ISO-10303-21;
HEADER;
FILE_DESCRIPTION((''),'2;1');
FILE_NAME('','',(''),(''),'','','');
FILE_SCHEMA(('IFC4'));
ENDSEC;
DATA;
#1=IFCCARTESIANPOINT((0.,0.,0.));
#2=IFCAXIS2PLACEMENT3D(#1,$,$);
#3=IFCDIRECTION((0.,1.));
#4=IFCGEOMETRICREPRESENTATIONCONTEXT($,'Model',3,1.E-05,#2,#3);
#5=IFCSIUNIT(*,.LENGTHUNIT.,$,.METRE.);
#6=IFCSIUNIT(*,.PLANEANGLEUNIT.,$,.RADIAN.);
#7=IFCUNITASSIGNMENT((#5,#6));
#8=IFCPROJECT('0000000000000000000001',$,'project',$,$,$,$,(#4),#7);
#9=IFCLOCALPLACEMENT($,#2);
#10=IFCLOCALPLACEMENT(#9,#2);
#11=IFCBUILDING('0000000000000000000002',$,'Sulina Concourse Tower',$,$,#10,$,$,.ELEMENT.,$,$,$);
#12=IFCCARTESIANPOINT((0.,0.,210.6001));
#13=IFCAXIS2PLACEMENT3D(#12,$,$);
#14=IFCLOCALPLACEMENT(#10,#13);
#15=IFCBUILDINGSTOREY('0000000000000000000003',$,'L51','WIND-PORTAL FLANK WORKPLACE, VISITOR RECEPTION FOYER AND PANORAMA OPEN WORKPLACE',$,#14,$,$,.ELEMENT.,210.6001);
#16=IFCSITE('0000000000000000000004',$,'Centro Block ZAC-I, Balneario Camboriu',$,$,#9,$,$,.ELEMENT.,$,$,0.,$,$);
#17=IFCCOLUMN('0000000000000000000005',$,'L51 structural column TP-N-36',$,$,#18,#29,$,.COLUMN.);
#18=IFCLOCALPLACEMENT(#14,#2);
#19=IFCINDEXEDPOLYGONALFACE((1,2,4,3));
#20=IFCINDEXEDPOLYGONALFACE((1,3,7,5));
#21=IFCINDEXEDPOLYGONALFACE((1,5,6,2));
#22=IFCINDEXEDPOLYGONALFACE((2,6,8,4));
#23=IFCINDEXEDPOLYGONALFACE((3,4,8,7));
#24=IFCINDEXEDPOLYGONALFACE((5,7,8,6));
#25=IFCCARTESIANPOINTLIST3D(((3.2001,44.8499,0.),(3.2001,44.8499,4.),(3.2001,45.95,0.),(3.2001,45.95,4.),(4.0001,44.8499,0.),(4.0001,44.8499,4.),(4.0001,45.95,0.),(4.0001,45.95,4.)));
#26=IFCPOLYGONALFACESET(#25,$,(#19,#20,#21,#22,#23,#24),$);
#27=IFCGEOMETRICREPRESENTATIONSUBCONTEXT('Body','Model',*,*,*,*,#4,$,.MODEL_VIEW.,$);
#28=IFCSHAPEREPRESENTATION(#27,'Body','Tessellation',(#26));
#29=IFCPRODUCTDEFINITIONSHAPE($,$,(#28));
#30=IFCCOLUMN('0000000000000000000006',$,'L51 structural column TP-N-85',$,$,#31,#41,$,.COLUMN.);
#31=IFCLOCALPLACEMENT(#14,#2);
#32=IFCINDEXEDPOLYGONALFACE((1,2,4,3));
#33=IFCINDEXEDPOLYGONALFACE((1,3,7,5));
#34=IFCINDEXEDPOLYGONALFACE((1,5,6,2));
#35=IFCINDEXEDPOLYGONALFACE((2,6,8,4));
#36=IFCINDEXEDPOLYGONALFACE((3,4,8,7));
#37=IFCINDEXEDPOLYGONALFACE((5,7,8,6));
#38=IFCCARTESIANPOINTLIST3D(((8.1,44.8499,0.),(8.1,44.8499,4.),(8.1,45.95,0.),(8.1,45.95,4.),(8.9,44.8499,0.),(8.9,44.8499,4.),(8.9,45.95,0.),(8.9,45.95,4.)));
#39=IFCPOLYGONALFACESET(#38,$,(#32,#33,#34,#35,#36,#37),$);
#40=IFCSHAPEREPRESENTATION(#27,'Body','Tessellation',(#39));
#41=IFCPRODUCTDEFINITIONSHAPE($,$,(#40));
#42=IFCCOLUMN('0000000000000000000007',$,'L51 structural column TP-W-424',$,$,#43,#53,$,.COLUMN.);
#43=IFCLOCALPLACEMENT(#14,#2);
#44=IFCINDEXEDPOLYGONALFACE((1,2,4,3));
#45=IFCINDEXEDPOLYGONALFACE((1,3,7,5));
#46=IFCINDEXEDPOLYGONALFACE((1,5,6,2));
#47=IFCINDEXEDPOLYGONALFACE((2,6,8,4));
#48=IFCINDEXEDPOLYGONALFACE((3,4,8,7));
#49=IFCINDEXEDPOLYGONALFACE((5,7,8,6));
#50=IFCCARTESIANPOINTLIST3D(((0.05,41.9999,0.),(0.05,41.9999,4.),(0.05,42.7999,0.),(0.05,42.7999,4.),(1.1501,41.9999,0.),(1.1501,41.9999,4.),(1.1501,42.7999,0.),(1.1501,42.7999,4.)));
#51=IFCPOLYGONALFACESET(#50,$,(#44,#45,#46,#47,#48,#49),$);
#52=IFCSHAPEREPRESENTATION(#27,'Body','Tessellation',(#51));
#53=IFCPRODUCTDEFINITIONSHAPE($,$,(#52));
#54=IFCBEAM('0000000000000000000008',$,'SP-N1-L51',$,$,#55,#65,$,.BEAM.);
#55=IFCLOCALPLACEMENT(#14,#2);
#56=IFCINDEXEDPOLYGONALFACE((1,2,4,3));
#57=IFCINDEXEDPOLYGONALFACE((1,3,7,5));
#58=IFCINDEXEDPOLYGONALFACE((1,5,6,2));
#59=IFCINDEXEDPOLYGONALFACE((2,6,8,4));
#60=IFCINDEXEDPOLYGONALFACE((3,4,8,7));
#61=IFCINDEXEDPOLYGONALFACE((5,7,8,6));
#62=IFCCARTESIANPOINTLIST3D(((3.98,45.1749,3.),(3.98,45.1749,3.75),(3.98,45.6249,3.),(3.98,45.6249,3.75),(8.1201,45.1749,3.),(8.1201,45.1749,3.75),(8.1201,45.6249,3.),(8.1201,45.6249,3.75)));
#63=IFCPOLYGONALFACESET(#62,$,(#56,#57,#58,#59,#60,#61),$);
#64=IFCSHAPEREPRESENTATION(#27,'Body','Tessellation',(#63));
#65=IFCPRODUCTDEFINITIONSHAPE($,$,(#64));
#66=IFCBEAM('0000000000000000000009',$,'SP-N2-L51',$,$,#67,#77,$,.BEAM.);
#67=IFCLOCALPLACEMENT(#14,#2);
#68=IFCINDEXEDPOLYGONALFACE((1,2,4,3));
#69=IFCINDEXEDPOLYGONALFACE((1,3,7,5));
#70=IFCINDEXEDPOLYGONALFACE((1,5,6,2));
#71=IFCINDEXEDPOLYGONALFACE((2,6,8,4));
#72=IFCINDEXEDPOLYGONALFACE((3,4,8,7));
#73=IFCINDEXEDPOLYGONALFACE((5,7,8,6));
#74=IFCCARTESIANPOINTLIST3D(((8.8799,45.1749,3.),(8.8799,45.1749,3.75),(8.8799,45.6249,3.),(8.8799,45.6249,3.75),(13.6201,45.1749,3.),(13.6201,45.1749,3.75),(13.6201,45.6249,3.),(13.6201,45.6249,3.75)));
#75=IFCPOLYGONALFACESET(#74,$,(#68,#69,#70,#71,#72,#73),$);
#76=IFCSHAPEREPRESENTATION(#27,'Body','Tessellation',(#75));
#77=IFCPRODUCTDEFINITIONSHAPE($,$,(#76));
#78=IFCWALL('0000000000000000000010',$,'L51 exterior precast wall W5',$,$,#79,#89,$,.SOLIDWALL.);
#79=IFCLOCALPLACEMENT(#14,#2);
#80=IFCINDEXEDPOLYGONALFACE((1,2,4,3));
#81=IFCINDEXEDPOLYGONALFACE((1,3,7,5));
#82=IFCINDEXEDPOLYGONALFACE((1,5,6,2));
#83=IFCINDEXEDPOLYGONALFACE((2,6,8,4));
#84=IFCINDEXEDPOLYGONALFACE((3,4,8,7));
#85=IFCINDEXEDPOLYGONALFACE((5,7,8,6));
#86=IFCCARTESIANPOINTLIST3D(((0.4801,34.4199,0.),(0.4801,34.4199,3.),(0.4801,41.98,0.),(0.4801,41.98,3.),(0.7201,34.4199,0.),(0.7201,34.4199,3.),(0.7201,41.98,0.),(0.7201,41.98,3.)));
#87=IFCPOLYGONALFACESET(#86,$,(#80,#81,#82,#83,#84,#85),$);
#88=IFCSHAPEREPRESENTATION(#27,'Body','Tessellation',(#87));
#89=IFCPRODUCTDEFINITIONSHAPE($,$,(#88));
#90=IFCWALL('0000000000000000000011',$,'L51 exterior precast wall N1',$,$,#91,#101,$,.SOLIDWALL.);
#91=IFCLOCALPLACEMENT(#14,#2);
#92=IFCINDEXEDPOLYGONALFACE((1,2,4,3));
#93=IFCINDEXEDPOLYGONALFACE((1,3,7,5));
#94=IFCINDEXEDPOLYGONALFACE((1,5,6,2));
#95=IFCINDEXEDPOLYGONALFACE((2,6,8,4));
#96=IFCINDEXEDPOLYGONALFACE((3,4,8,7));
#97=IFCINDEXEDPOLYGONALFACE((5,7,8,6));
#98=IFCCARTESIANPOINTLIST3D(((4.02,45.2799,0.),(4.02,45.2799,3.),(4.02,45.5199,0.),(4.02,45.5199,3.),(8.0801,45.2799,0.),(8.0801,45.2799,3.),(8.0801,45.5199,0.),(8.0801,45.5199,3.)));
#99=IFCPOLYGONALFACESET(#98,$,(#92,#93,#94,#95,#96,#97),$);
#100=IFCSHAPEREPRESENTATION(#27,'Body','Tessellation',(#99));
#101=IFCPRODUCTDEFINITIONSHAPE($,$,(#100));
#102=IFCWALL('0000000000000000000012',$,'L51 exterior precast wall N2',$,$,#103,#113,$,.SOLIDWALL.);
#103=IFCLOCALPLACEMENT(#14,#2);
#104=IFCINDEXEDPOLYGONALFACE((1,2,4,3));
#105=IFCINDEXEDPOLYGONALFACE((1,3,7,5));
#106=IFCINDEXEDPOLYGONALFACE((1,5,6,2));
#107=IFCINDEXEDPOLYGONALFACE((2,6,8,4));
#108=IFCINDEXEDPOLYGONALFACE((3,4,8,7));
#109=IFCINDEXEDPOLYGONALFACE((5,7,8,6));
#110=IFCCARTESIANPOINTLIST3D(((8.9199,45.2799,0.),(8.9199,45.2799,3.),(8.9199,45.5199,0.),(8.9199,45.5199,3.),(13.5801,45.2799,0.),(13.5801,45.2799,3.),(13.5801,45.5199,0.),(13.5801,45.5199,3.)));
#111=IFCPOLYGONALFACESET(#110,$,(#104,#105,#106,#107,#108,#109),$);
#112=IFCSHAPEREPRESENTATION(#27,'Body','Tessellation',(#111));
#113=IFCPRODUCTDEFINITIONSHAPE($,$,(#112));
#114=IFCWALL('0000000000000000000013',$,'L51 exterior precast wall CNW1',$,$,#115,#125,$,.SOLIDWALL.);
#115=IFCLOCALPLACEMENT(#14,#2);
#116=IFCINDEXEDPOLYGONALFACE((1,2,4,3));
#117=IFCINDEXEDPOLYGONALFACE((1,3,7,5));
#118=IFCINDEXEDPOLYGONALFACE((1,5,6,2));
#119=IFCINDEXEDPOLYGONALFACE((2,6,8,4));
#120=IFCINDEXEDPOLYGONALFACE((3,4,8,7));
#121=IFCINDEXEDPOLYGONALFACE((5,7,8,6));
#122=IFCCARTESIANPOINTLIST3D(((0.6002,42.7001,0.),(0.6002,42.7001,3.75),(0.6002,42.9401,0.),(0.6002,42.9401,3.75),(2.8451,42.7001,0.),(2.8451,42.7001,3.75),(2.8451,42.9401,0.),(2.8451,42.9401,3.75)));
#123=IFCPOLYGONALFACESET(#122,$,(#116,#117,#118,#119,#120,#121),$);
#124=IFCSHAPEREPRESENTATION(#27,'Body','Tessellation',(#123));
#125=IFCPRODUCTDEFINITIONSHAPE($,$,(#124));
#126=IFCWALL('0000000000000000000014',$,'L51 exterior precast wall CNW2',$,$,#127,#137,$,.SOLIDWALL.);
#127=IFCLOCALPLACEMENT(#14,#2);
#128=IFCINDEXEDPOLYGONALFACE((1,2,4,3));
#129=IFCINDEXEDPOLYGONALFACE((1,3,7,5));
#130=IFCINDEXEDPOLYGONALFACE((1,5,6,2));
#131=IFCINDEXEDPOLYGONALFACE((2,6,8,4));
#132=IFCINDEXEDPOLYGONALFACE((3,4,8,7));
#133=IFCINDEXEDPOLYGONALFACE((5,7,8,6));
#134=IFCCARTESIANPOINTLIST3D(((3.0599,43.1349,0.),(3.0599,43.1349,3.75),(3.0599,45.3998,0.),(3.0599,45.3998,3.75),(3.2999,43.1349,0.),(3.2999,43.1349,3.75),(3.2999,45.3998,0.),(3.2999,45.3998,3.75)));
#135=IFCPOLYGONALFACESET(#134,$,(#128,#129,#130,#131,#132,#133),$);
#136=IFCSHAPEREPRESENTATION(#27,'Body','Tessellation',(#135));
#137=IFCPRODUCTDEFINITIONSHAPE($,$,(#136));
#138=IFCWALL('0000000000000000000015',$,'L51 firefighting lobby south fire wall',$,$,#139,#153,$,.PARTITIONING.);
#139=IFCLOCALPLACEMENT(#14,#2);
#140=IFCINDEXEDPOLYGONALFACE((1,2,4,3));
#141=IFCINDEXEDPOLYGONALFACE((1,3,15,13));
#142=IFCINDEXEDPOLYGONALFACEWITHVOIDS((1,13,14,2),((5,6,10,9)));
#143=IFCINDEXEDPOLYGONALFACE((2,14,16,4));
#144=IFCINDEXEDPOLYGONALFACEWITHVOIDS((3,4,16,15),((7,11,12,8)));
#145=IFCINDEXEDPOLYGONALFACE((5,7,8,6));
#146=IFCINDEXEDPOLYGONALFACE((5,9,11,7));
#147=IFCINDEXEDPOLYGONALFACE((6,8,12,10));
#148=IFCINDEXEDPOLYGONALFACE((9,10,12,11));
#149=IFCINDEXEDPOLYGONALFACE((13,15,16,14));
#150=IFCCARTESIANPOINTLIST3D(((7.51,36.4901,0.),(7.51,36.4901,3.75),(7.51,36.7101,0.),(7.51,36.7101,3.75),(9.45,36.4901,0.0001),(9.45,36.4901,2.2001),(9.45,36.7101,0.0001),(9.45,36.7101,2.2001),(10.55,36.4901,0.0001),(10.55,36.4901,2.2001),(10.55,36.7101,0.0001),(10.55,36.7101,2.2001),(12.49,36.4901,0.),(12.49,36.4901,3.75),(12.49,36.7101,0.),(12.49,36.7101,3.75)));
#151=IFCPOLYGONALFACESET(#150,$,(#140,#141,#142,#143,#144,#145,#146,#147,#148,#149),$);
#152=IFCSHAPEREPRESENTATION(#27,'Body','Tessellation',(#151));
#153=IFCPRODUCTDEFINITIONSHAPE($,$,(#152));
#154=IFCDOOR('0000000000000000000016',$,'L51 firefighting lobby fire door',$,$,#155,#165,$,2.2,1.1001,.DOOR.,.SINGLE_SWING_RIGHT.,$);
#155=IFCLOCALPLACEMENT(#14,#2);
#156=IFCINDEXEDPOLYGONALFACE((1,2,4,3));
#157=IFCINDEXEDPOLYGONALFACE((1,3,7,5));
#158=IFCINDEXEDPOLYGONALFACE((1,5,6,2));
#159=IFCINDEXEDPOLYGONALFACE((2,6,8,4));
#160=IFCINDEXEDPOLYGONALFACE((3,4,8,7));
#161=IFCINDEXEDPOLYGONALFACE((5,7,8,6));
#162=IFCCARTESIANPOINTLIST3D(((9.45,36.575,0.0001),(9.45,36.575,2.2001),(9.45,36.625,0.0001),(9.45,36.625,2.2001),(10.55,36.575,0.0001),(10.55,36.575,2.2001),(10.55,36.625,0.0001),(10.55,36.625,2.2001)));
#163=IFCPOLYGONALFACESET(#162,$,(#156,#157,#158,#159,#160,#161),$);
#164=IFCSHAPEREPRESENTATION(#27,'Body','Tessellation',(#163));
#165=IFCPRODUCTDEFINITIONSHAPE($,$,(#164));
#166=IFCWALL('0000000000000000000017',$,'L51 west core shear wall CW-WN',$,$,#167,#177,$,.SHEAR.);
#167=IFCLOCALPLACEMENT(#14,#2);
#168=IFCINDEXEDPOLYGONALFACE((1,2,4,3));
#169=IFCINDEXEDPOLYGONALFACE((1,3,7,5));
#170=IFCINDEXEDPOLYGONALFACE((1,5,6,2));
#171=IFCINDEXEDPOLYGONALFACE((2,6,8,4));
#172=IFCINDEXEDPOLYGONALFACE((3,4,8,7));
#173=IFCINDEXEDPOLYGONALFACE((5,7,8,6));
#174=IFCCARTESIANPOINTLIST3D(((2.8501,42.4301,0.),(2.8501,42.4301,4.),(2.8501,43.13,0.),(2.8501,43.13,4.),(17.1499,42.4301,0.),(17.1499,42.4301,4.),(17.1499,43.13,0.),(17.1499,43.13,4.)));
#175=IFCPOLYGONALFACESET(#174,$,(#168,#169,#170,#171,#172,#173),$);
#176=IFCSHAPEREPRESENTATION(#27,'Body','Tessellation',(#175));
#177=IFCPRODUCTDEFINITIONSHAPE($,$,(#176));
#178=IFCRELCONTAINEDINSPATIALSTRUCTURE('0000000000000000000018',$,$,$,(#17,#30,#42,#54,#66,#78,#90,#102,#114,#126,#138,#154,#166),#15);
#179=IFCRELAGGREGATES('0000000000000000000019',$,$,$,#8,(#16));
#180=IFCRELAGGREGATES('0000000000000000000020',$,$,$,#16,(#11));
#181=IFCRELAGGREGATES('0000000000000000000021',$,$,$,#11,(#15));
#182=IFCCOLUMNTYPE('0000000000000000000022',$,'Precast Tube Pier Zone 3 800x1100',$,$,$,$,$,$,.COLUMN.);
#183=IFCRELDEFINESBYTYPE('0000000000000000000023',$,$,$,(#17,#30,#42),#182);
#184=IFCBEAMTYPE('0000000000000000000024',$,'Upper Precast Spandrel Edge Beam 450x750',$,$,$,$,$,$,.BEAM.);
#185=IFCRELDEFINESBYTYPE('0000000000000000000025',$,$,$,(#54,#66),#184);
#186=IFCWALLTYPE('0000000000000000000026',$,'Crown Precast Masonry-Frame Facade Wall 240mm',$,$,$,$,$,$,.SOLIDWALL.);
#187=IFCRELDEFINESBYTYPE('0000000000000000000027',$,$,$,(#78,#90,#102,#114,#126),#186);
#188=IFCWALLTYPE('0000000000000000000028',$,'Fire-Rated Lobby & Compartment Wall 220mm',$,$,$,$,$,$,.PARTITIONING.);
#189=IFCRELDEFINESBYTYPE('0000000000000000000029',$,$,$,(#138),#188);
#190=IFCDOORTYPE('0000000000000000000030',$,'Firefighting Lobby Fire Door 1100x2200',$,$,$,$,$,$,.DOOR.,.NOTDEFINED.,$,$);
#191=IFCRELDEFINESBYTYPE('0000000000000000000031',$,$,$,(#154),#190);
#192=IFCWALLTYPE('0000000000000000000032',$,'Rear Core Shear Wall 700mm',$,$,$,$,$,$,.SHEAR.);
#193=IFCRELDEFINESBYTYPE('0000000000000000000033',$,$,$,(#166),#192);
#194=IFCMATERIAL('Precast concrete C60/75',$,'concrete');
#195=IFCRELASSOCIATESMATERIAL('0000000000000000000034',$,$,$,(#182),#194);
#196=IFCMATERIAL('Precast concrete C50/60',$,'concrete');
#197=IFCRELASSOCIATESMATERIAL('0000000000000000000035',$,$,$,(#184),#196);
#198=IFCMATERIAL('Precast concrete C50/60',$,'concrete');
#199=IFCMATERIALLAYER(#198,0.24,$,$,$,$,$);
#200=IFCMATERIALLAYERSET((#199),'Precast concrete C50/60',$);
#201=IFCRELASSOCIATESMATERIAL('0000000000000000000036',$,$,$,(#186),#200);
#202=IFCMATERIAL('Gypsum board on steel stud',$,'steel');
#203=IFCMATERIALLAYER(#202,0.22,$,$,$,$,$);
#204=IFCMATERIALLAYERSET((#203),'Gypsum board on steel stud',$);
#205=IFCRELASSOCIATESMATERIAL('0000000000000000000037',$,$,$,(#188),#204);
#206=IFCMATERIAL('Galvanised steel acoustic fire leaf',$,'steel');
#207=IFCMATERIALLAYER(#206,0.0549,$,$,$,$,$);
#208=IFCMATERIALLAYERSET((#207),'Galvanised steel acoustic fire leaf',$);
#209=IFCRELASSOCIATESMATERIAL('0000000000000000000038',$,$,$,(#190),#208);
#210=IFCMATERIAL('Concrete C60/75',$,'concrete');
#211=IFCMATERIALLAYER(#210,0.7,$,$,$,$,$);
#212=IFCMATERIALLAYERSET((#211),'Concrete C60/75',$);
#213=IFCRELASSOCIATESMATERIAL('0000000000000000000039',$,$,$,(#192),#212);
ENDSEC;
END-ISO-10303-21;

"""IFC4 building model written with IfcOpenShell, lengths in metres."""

from ifc_helpers import new_model, si_unit, direction, frame, frame_2d, origin, origin_2d, place, context, subcontext, project, spatial, rectangle, extrude, material, layer, layer_set, material_profile, profile_set, type_object, element, fill, save


model = new_model("IFC4")

# Units and contexts
model_context = context("Model", 3, precision=1e-05, world=origin(), true_north=direction((0.0, 1.0)))
body_context = subcontext(model_context, "Body", "Model", "MODEL_VIEW")
ifc_project = project(units=[si_unit("LENGTHUNIT", "METRE"), si_unit("PLANEANGLEUNIT", "RADIAN")], contexts=[model_context])

# Site, building, storey
site_placement = place(None, origin())
site = spatial("IfcSite", under=ifc_project, at=site_placement, Name="Centro Block ZAC-I, Balneario Camboriu", CompositionType="ELEMENT", RefElevation=0.0)
building_placement = place(site_placement, origin())
building = spatial("IfcBuilding", under=site, at=building_placement, Name="Sulina Concourse Tower", CompositionType="ELEMENT")
storey_placement = place(building_placement, frame((0.0, 0.0, 210.6001)))
storey = spatial("IfcBuildingStorey", under=building, at=storey_placement, Name="L51", Description="WIND-PORTAL FLANK WORKPLACE, VISITOR RECEPTION FOYER AND PANORAMA OPEN WORKPLACE", CompositionType="ELEMENT", Elevation=210.6001)

# Columns
ifc_material_1 = material(Name="Precast concrete C60/75", Category="concrete")
ifc_material_profile_1 = material_profile(ifc_material_1, rectangle(XDim=0.8, YDim=1.1001, at=origin_2d()), Name="PC 800x1100")
ifc_profile_set_1 = profile_set([ifc_material_profile_1], Name="Precast concrete C60/75")
column_type = type_object("IfcColumnType", Name="Precast Tube Pier Zone 3 800x1100", PredefinedType="COLUMN", material=ifc_profile_set_1)
for number, where, z_axis, x_axis, name in (
    (1, (3.6001, 45.3999, 0.0), (0.0, 0.0, 1.0), (1.0, 0.0, 0.0), "L51 structural column TP-N-36"),
    (2, (8.5, 45.3999, 0.0), (0.0, 0.0, 1.0), (1.0, 0.0, 0.0), "L51 structural column TP-N-85"),
    (3, (0.6001, 42.3999, 0.0), (0.0, 0.0, 1.0), (0.0, 1.0, 0.0), "L51 structural column TP-W-424"),
):
    element("IfcColumn", number, at=place(storey_placement, frame(where, z_axis=z_axis, x_axis=x_axis)), inside=storey, type_object=column_type, Name=name, PredefinedType="COLUMN", context=body_context, shape_type="SweptSolid", body=[
        extrude(rectangle(XDim=0.8, YDim=1.1001, at=origin_2d()), origin(), (0.0, 0.0, 1.0), 4.0),
    ])

# Beams
ifc_material_2 = material(Name="Precast concrete C50/60", Category="concrete")
ifc_material_profile_2 = material_profile(ifc_material_2, rectangle(XDim=0.45, YDim=0.75, at=origin_2d()), Name="RC 450x750")
ifc_profile_set_2 = profile_set([ifc_material_profile_2], Name="Precast concrete C50/60")
beam_type = type_object("IfcBeamType", Name="Upper Precast Spandrel Edge Beam 450x750", PredefinedType="BEAM", material=ifc_profile_set_2)
beam_1_placement = place(storey_placement, frame((3.98, 45.3999, 3.375), z_axis=(1.0, 0.0, 0.0), x_axis=(0.0, 1.0, 0.0)))
element("IfcBeam", 4, at=beam_1_placement, inside=storey, type_object=beam_type, Name="SP-N1-L51", PredefinedType="BEAM", context=body_context, shape_type="SweptSolid", body=[
    extrude(rectangle(XDim=0.45, YDim=0.75, at=origin_2d()), origin(), (0.0, 0.0, 1.0), 4.1401),
])
beam_2_placement = place(storey_placement, frame((8.8799, 45.3999, 3.375), z_axis=(1.0, 0.0, 0.0), x_axis=(0.0, 1.0, 0.0)))
element("IfcBeam", 5, at=beam_2_placement, inside=storey, type_object=beam_type, Name="SP-N2-L51", PredefinedType="BEAM", context=body_context, shape_type="SweptSolid", body=[
    extrude(rectangle(XDim=0.45, YDim=0.75, at=origin_2d()), origin(), (0.0, 0.0, 1.0), 4.7402),
])

# Walls
ifc_material_3 = material(Name="Precast concrete C50/60", Category="concrete")
ifc_layer_1 = layer(ifc_material_3, 0.24)
ifc_layer_set_1 = layer_set([ifc_layer_1], Name="Precast concrete C50/60")
wall_type_1 = type_object("IfcWallType", Name="Crown Precast Masonry-Frame Facade Wall 240mm", PredefinedType="SOLIDWALL", material=ifc_layer_set_1)
wall_1_placement = place(storey_placement, frame((0.6001, 34.4199, 0.0), z_axis=(0.0, 0.0, 1.0), x_axis=(0.0, 1.0, 0.0)))
element("IfcWall", 6, at=wall_1_placement, inside=storey, type_object=wall_type_1, Name="L51 exterior precast wall W5", PredefinedType="SOLIDWALL", context=body_context, shape_type="SweptSolid", body=[
    extrude(rectangle(XDim=7.5601, YDim=0.24, at=frame_2d((3.78, 0.0))), origin(), (0.0, 0.0, 1.0), 3.0),
])
wall_2_placement = place(storey_placement, frame((4.02, 45.3999, 0.0), z_axis=(0.0, 0.0, 1.0), x_axis=(1.0, 0.0, 0.0)))
element("IfcWall", 7, at=wall_2_placement, inside=storey, type_object=wall_type_1, Name="L51 exterior precast wall N1", PredefinedType="SOLIDWALL", context=body_context, shape_type="SweptSolid", body=[
    extrude(rectangle(XDim=4.0601, YDim=0.24, at=frame_2d((2.03, 0.0))), origin(), (0.0, 0.0, 1.0), 3.0),
])
wall_3_placement = place(storey_placement, frame((8.9199, 45.3999, 0.0), z_axis=(0.0, 0.0, 1.0), x_axis=(1.0, 0.0, 0.0)))
element("IfcWall", 8, at=wall_3_placement, inside=storey, type_object=wall_type_1, Name="L51 exterior precast wall N2", PredefinedType="SOLIDWALL", context=body_context, shape_type="SweptSolid", body=[
    extrude(rectangle(XDim=4.6602, YDim=0.24, at=frame_2d((2.3301, 0.0))), origin(), (0.0, 0.0, 1.0), 3.0),
])
wall_4_placement = place(storey_placement, frame((0.6001, 42.8201, 0.0), z_axis=(0.0, 0.0, 1.0), x_axis=(1.0, 0.0, 0.0)))
element("IfcWall", 9, at=wall_4_placement, inside=storey, type_object=wall_type_1, Name="L51 exterior precast wall CNW1", PredefinedType="SOLIDWALL", context=body_context, shape_type="SweptSolid", body=[
    extrude(rectangle(XDim=2.2449, YDim=0.24, at=frame_2d((1.1226, 0.0))), origin(), (0.0, 0.0, 1.0), 3.75),
])
wall_5_placement = place(storey_placement, frame((3.1799, 43.135, 0.0), z_axis=(0.0, 0.0, 1.0), x_axis=(0.0, 1.0, 0.0)))
element("IfcWall", 10, at=wall_5_placement, inside=storey, type_object=wall_type_1, Name="L51 exterior precast wall CNW2", PredefinedType="SOLIDWALL", context=body_context, shape_type="SweptSolid", body=[
    extrude(rectangle(XDim=2.2649, YDim=0.24, at=frame_2d((1.1323, 0.0))), origin(), (0.0, 0.0, 1.0), 3.75),
])

# Wall, opening, door
ifc_material_4 = material(Name="Gypsum board on steel stud", Category="steel")
ifc_layer_2 = layer(ifc_material_4, 0.22)
ifc_layer_set_2 = layer_set([ifc_layer_2], Name="Gypsum board on steel stud")
wall_type_2 = type_object("IfcWallType", Name="Fire-Rated Lobby & Compartment Wall 220mm", PredefinedType="PARTITIONING", material=ifc_layer_set_2)
wall_6_placement = place(storey_placement, frame((7.51, 36.6001, 0.0), z_axis=(0.0, 0.0, 1.0), x_axis=(1.0, 0.0, 0.0)))
wall_6 = element("IfcWall", 11, at=wall_6_placement, inside=storey, type_object=wall_type_2, Name="L51 firefighting lobby south fire wall", PredefinedType="PARTITIONING", context=body_context, shape_type="SweptSolid", body=[
    extrude(rectangle(XDim=4.98, YDim=0.22, at=frame_2d((2.49, 0.0))), origin(), (0.0, 0.0, 1.0), 3.75),
])
opening_placement = place(wall_6_placement, frame((1.9399, 0.0, 0.0)))
opening = element("IfcOpeningElement", 12, at=opening_placement, cuts=wall_6, PredefinedType="OPENING", context=body_context, shape_type="SweptSolid", body=[
    extrude(rectangle(XDim=1.1001, YDim=2.2, at=frame_2d((0.55, 1.1001))), frame((0.0, 0.1199, 0.0), z_axis=(0.0, -1.0, 0.0), x_axis=(1.0, 0.0, 0.0)), (0.0, 0.0, 1.0), 0.24),
])
ifc_material_5 = material(Name="Galvanised steel acoustic fire leaf", Category="steel")
ifc_layer_3 = layer(ifc_material_5, 0.0549)
ifc_layer_set_3 = layer_set([ifc_layer_3], Name="Galvanised steel acoustic fire leaf")
door_type = type_object("IfcDoorType", Name="Firefighting Lobby Fire Door 1100x2200", OperationType="NOTDEFINED", PredefinedType="DOOR", material=ifc_layer_set_3)
door_placement = place(opening_placement, origin())
door = element("IfcDoor", 13, at=door_placement, inside=storey, type_object=door_type, Name="L51 firefighting lobby fire door", OperationType="SINGLE_SWING_RIGHT", OverallHeight=2.2, OverallWidth=1.1001, PredefinedType="DOOR", context=body_context, shape_type="SweptSolid", body=[
    extrude(rectangle(XDim=1.1001, YDim=2.2, at=frame_2d((0.55, 1.1001))), frame((0.0, 0.0249, 0.0), z_axis=(0.0, -1.0, 0.0), x_axis=(1.0, 0.0, 0.0)), (0.0, 0.0, 1.0), 0.05),
])
fill(opening, door)

# Wall
ifc_material_6 = material(Name="Concrete C60/75", Category="concrete")
ifc_layer_4 = layer(ifc_material_6, 0.7)
ifc_layer_set_4 = layer_set([ifc_layer_4], Name="Concrete C60/75")
wall_type_3 = type_object("IfcWallType", Name="Rear Core Shear Wall 700mm", PredefinedType="SHEAR", material=ifc_layer_set_4)
wall_7_placement = place(storey_placement, frame((2.8501, 42.78, 0.0), z_axis=(0.0, 0.0, 1.0), x_axis=(1.0, 0.0, 0.0)))
element("IfcWall", 14, at=wall_7_placement, inside=storey, type_object=wall_type_3, Name="L51 west core shear wall CW-WN", PredefinedType="SHEAR", context=body_context, shape_type="SweptSolid", body=[
    extrude(rectangle(XDim=14.2998, YDim=0.7, at=frame_2d((7.1499, 0.0))), origin(), (0.0, 0.0, 1.0), 4.0),
])

save(model, "model.ifc")
